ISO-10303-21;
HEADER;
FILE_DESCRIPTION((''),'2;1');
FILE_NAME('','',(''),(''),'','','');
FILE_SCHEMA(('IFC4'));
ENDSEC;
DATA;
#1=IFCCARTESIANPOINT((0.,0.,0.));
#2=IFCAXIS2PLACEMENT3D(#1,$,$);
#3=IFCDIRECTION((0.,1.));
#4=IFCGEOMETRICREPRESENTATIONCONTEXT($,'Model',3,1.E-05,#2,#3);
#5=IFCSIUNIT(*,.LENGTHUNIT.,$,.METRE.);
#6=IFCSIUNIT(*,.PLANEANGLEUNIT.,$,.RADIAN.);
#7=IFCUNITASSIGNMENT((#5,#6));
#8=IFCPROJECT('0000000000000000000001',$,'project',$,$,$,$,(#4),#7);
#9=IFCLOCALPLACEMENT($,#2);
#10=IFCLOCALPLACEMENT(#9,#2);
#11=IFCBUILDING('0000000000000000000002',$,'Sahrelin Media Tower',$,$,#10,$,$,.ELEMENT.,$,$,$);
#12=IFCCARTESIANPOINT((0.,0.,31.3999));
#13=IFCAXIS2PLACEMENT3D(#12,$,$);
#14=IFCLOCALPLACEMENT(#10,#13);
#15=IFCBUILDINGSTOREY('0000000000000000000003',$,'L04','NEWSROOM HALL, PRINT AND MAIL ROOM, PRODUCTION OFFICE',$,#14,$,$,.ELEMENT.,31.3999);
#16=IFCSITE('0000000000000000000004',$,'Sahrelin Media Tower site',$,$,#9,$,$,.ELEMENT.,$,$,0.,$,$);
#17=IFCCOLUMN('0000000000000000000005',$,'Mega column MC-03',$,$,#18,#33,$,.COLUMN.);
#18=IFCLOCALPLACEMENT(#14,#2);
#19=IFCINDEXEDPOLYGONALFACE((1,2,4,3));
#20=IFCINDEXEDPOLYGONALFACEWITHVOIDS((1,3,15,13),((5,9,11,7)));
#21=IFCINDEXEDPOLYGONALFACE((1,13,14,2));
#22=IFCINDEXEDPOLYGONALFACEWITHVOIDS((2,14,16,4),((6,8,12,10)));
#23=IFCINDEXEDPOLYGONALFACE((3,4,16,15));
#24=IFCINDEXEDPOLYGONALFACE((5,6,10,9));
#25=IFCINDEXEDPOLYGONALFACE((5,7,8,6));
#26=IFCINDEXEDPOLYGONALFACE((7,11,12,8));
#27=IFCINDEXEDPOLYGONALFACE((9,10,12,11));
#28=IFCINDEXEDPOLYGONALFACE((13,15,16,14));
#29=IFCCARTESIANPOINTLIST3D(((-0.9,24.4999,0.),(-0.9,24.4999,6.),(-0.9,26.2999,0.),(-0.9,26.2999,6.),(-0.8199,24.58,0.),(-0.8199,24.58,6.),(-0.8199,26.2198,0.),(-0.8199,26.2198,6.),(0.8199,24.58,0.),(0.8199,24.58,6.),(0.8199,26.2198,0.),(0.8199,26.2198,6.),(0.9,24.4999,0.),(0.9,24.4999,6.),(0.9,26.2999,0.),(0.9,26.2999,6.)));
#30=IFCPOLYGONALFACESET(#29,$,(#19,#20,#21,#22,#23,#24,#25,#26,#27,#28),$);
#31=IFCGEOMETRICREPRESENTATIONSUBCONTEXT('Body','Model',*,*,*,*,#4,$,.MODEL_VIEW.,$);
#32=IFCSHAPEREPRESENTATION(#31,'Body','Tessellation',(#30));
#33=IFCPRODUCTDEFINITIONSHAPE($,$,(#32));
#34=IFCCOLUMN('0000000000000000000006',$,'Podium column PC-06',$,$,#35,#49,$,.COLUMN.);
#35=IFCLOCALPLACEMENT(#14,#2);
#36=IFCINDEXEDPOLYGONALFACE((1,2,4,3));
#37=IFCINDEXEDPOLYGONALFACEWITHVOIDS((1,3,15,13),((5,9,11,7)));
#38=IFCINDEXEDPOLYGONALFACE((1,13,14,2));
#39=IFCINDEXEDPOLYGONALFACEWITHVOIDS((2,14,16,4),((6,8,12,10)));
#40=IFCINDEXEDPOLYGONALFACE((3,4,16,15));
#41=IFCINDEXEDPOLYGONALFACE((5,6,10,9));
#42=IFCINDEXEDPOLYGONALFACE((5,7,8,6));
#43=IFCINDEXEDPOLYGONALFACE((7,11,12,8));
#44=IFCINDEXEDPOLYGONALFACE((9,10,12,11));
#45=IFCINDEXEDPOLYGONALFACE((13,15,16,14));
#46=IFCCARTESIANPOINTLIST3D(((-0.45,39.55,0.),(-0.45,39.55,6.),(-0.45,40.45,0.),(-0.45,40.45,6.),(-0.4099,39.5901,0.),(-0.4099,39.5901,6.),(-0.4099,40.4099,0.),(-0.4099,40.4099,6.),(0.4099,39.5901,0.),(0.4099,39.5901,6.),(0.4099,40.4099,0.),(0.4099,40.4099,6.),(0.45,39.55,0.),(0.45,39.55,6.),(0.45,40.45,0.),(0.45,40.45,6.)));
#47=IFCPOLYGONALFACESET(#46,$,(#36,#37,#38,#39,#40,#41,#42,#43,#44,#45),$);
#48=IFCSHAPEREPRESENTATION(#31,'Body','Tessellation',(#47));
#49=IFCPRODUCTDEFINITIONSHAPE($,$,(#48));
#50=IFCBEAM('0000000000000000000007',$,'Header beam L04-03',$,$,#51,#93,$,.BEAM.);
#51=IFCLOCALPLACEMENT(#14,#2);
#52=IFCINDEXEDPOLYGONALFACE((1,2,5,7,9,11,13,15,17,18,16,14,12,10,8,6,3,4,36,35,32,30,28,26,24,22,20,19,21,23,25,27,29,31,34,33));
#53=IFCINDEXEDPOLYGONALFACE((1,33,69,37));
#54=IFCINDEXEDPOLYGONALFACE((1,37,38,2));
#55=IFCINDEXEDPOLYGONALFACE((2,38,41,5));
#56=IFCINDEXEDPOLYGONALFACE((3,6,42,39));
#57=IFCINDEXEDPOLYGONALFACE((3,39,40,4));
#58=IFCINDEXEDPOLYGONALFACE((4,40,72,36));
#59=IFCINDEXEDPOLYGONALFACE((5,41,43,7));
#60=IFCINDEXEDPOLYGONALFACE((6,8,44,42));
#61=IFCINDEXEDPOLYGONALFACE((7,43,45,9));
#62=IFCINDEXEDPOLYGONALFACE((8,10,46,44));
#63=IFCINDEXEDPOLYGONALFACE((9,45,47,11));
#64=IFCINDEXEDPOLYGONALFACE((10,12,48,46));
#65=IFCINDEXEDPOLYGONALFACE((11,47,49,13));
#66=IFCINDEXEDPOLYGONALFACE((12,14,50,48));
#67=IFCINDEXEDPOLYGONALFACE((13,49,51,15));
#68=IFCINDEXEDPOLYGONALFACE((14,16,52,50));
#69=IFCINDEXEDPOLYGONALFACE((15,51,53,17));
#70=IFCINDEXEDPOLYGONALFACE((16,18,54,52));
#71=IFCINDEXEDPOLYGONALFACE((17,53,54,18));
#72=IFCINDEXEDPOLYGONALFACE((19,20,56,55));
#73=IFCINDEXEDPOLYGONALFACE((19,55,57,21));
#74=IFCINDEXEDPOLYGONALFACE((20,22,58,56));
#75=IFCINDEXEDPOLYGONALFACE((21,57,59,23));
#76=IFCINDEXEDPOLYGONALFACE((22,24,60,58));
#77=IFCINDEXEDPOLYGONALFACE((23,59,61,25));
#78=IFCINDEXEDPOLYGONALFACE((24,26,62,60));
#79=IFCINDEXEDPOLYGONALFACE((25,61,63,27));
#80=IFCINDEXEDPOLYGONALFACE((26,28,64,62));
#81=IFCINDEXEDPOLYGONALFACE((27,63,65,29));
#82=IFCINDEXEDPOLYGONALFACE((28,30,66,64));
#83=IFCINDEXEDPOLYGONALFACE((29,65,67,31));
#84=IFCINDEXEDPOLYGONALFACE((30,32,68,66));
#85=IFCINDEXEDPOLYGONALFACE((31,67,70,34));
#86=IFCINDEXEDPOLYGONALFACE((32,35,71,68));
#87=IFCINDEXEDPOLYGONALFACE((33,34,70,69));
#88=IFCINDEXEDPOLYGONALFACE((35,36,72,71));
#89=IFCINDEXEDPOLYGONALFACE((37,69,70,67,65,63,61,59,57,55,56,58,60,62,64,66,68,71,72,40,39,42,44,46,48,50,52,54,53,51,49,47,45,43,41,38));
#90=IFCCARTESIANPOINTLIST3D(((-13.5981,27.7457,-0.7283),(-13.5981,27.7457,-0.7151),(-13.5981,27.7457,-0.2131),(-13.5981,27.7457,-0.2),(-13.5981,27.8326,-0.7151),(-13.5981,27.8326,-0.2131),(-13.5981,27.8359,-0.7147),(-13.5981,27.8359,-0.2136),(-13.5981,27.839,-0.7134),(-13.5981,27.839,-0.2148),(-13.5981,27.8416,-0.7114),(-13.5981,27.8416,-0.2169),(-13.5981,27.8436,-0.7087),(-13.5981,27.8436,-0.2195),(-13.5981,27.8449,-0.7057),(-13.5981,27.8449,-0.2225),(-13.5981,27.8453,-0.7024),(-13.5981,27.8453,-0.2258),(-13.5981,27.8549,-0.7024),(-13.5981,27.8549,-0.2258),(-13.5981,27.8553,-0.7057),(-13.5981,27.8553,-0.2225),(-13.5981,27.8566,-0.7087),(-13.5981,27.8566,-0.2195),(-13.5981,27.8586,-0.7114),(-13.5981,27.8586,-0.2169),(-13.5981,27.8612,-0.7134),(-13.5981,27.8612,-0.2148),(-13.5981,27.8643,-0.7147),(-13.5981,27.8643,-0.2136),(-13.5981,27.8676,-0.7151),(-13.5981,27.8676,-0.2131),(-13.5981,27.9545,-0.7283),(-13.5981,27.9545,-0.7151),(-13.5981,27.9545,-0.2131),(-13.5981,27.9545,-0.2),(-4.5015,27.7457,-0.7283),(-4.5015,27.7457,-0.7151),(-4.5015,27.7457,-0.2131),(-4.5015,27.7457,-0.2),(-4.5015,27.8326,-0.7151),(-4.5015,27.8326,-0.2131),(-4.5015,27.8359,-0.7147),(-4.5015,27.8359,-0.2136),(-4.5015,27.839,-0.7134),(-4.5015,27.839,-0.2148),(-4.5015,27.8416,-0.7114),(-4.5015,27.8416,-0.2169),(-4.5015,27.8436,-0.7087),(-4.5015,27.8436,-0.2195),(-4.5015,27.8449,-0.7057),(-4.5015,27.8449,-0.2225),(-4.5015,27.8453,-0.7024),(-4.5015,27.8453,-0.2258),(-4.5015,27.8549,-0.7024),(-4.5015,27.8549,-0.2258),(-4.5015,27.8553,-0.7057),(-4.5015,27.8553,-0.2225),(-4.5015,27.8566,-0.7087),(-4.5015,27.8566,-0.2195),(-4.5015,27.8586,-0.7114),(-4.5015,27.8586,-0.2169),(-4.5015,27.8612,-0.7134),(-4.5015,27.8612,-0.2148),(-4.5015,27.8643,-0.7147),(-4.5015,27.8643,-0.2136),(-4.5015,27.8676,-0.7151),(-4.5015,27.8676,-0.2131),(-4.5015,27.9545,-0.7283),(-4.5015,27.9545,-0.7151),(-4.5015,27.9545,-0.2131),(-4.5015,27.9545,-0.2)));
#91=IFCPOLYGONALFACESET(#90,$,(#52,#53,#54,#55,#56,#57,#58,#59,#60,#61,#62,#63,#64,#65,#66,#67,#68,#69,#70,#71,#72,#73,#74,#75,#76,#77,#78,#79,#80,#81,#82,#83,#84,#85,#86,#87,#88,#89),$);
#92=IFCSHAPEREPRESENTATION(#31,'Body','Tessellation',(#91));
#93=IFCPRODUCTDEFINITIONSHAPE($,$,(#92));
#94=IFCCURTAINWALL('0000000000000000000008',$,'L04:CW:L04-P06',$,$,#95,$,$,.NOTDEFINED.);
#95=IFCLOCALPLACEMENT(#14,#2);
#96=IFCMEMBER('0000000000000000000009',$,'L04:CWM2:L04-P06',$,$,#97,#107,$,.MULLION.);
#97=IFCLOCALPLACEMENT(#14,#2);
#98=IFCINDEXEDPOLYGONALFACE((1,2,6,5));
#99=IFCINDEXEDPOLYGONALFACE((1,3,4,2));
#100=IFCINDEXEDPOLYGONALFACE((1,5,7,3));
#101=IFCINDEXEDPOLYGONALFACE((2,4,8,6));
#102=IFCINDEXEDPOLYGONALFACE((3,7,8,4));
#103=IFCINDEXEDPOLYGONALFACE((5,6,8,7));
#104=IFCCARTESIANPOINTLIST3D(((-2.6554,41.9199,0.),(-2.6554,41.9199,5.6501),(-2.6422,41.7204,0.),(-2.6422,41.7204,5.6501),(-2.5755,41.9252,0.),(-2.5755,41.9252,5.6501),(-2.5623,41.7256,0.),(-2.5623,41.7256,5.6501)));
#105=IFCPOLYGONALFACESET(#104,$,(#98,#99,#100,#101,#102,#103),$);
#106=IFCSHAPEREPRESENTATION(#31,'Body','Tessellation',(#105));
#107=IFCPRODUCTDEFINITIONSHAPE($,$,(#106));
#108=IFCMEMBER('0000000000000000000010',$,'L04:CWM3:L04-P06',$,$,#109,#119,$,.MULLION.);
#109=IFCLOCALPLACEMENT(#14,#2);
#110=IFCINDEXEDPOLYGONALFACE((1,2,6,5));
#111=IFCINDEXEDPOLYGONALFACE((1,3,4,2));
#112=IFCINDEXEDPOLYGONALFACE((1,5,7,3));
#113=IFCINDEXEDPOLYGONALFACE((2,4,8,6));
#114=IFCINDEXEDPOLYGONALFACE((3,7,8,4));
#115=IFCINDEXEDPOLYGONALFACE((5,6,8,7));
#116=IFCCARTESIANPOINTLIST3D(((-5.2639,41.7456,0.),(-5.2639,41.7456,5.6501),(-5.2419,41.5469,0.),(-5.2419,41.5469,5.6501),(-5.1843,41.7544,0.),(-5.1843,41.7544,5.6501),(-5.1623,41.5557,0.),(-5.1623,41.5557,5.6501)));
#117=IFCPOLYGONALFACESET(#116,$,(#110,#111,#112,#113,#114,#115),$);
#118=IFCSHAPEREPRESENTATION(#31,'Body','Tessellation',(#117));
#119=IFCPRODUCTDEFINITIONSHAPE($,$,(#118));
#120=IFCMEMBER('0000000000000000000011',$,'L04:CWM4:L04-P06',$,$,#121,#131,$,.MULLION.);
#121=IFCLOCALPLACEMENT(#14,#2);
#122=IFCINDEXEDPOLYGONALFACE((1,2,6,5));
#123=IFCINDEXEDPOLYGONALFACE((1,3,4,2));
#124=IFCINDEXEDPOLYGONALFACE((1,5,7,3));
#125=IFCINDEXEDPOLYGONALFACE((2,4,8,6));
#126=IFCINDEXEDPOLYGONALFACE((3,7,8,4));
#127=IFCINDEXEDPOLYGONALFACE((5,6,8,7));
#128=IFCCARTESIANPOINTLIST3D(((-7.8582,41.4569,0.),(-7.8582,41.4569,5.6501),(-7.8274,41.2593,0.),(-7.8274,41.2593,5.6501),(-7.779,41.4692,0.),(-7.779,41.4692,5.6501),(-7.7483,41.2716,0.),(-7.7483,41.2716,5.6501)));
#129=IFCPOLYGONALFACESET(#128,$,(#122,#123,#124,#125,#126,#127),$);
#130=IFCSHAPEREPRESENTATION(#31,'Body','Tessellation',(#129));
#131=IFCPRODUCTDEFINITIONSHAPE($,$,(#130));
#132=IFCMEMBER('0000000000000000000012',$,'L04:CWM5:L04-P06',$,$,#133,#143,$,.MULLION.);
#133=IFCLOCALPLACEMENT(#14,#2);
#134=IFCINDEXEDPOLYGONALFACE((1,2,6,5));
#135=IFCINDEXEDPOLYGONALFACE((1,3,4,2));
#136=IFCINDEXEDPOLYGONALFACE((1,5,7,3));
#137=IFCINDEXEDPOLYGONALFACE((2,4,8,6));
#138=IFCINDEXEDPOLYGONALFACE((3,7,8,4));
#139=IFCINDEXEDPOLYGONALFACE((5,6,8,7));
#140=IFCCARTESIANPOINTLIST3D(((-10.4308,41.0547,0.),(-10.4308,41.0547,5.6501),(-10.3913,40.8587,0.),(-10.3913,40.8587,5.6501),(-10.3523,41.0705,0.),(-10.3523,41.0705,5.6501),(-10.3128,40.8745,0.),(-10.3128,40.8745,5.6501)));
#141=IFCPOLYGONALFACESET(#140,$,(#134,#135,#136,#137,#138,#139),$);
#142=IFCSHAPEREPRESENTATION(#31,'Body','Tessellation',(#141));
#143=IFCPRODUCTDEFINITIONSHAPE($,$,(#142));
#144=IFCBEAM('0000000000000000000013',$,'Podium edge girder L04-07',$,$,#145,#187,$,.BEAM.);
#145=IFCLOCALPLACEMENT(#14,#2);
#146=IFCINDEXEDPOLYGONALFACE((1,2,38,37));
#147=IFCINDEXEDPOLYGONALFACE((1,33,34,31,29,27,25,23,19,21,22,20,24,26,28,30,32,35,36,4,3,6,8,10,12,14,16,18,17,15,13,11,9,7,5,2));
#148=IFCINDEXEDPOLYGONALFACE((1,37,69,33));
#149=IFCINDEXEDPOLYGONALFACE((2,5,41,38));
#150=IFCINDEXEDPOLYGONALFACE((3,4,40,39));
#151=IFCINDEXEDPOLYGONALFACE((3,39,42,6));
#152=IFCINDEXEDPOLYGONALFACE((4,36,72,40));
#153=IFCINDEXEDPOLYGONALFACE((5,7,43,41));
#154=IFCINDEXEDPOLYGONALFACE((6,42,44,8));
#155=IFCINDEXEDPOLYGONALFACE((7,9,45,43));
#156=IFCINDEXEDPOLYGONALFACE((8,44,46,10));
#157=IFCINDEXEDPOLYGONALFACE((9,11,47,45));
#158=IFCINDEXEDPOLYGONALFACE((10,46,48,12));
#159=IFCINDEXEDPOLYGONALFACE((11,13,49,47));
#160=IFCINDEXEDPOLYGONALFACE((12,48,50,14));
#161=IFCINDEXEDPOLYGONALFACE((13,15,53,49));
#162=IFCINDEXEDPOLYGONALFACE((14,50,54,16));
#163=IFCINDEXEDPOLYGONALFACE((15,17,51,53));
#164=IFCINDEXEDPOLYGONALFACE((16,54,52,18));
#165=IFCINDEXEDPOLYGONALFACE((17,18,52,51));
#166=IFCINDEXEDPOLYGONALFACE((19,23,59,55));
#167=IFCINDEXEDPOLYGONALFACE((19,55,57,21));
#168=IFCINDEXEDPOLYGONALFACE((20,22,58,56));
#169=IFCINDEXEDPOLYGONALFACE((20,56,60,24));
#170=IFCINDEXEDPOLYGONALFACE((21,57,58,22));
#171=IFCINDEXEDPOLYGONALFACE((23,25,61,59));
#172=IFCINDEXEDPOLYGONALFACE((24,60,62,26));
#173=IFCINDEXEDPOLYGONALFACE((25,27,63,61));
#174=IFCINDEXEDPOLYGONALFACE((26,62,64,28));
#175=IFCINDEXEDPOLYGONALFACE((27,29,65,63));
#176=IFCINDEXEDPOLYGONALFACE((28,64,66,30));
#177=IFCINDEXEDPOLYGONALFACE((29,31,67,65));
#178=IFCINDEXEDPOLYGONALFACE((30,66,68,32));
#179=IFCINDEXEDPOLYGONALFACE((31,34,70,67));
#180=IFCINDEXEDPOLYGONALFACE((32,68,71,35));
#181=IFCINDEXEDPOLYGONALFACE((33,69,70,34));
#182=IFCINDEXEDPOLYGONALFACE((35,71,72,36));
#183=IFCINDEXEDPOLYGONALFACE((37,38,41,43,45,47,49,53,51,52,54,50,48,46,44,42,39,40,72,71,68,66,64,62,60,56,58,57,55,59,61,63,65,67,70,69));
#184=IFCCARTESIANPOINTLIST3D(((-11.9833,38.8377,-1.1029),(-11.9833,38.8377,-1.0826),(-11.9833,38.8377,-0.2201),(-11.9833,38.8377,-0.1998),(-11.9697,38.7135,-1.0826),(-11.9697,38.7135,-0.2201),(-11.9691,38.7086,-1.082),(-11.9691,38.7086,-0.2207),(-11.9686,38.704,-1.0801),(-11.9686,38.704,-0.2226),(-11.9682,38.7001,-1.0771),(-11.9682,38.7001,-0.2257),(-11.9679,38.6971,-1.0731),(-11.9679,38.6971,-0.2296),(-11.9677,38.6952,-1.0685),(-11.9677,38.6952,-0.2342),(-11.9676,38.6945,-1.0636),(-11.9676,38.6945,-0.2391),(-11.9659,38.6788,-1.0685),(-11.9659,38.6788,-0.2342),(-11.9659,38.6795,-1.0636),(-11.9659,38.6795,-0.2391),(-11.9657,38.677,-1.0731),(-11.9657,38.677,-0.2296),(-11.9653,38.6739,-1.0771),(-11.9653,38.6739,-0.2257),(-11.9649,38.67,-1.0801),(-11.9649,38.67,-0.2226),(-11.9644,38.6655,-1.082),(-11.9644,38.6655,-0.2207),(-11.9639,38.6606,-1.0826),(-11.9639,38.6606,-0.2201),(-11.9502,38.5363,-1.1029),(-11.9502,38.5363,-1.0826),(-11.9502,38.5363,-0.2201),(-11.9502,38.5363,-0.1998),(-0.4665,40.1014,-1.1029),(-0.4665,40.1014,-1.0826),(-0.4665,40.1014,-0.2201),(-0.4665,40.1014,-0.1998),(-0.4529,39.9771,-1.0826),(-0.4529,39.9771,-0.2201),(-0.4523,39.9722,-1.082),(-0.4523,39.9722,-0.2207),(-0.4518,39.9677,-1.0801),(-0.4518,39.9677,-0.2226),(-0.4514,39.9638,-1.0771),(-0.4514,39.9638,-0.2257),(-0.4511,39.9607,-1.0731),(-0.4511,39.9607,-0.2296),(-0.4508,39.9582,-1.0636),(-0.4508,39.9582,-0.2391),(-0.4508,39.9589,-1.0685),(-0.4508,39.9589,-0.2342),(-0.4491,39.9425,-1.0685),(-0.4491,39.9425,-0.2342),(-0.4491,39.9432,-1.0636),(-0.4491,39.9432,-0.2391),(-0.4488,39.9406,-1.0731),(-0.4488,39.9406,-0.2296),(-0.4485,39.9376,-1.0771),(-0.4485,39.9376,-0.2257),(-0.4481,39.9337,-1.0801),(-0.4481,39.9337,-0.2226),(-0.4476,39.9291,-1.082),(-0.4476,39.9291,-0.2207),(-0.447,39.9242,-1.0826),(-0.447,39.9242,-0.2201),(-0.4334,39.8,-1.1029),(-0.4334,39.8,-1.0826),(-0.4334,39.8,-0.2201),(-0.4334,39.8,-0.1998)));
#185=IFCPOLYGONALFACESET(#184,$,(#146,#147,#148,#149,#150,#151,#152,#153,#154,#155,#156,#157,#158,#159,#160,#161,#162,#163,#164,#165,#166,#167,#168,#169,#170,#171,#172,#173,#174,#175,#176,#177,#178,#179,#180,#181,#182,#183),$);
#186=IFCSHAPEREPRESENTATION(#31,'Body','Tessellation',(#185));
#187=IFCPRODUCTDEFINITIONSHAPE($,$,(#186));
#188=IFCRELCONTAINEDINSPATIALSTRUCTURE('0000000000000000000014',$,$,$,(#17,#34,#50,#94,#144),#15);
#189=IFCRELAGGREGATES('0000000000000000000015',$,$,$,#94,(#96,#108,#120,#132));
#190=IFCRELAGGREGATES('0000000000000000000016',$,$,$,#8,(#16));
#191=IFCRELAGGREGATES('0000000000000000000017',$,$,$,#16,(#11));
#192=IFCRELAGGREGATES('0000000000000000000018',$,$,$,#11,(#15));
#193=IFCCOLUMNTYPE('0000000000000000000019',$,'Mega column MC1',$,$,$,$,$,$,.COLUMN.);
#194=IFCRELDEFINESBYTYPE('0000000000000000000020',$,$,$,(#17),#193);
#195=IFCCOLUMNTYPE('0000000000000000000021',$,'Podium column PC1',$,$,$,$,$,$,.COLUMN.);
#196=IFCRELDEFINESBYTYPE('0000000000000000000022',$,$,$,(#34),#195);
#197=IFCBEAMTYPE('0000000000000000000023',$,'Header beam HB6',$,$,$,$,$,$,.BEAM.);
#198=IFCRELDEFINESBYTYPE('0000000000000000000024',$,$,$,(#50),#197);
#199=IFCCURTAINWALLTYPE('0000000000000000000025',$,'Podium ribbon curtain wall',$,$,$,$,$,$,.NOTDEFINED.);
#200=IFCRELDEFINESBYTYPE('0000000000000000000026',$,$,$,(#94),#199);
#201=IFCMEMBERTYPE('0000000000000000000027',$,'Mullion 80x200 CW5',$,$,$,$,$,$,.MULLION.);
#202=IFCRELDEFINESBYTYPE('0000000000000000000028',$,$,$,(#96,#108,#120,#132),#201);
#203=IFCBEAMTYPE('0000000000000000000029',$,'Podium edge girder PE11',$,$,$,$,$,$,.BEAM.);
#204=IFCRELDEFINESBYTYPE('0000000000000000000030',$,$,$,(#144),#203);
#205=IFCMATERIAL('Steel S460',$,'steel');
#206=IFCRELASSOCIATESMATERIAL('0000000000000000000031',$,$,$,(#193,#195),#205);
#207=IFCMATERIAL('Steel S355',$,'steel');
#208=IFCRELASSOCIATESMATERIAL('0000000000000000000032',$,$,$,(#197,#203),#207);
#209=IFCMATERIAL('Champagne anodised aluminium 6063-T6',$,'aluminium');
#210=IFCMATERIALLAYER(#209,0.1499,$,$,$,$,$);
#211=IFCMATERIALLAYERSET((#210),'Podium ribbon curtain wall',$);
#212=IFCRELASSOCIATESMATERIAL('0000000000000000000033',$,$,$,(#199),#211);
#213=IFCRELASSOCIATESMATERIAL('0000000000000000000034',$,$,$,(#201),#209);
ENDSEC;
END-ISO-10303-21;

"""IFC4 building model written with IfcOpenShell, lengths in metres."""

from ifc_helpers import new_model, si_unit, direction, frame, origin, origin_2d, place, context, subcontext, project, spatial, rectangle, hollow_rectangle, i_section, extrude, material, layer, layer_set, material_profile, profile_set, type_object, element, aggregate, save


model = new_model("IFC4")

# Units and contexts
model_context = context("Model", 3, precision=1e-05, world=origin(), true_north=direction((0.0, 1.0)))
body_context = subcontext(model_context, "Body", "Model", "MODEL_VIEW")
ifc_project = project(units=[si_unit("LENGTHUNIT", "METRE"), si_unit("PLANEANGLEUNIT", "RADIAN")], contexts=[model_context])

# Site, building, storey
site_placement = place(None, origin())
site = spatial("IfcSite", under=ifc_project, at=site_placement, Name="Sahrelin Media Tower site", CompositionType="ELEMENT", RefElevation=0.0)
building_placement = place(site_placement, origin())
building = spatial("IfcBuilding", under=site, at=building_placement, Name="Sahrelin Media Tower", CompositionType="ELEMENT")
storey_placement = place(building_placement, frame((0.0, 0.0, 31.3999)))
storey = spatial("IfcBuildingStorey", under=building, at=storey_placement, Name="L04", Description="NEWSROOM HALL, PRINT AND MAIL ROOM, PRODUCTION OFFICE", CompositionType="ELEMENT", Elevation=31.3999)

# Columns
ifc_material_1 = material(Name="Steel S460", Category="steel")
ifc_material_profile_1 = material_profile(ifc_material_1, hollow_rectangle(XDim=1.8, YDim=1.8, WallThickness=0.0801, at=origin_2d()), Name="Mega column MC1")
ifc_profile_set_1 = profile_set([ifc_material_profile_1], Name="Steel S460")
column_type_1 = type_object("IfcColumnType", Name="Mega column MC1", PredefinedType="COLUMN", material=ifc_profile_set_1)
column_1_placement = place(storey_placement, frame((0.0, 25.3999, 0.0), z_axis=(0.0, 0.0, 1.0), x_axis=(0.0, 1.0, 0.0)))
element("IfcColumn", 1, at=column_1_placement, inside=storey, type_object=column_type_1, Name="Mega column MC-03", PredefinedType="COLUMN", context=body_context, shape_type="SweptSolid", body=[
    extrude(hollow_rectangle(XDim=1.8, YDim=1.8, WallThickness=0.0801, at=origin_2d()), origin(), (0.0, 0.0, 1.0), 6.0),
])
ifc_material_profile_2 = material_profile(ifc_material_1, hollow_rectangle(XDim=0.8999, YDim=0.8999, WallThickness=0.04, at=origin_2d()), Name="Podium column PC1")
ifc_profile_set_2 = profile_set([ifc_material_profile_2], Name="Steel S460")
column_type_2 = type_object("IfcColumnType", Name="Podium column PC1", PredefinedType="COLUMN", material=ifc_profile_set_2)
column_2_placement = place(storey_placement, frame((0.0, 40.0, 0.0), z_axis=(0.0, 0.0, 1.0), x_axis=(0.0, 1.0, 0.0)))
element("IfcColumn", 2, at=column_2_placement, inside=storey, type_object=column_type_2, Name="Podium column PC-06", PredefinedType="COLUMN", context=body_context, shape_type="SweptSolid", body=[
    extrude(hollow_rectangle(XDim=0.8999, YDim=0.8999, WallThickness=0.04, at=origin_2d()), origin(), (0.0, 0.0, 1.0), 6.0),
])

# Beam
ifc_material_2 = material(Name="Steel S355", Category="steel")
ifc_material_profile_3 = material_profile(ifc_material_2, i_section(OverallWidth=0.2087, OverallDepth=0.5283, WebThickness=0.0095, FlangeThickness=0.0132, FilletRadius=0.0127, at=origin_2d()), Name="UB 533x210x82")
ifc_profile_set_3 = profile_set([ifc_material_profile_3], Name="Steel S355")
beam_type_1 = type_object("IfcBeamType", Name="Header beam HB6", PredefinedType="BEAM", material=ifc_profile_set_3)
beam_1_placement = place(storey_placement, frame((-4.5015, 27.8501, -0.4641), z_axis=(-1.0, 0.0, 0.0), x_axis=(0.0, -1.0, 0.0)))
element("IfcBeam", 3, at=beam_1_placement, inside=storey, type_object=beam_type_1, Name="Header beam L04-03", PredefinedType="BEAM", context=body_context, shape_type="SweptSolid", body=[
    extrude(i_section(OverallWidth=0.2087, OverallDepth=0.5283, WebThickness=0.0095, FlangeThickness=0.0132, FilletRadius=0.0127, at=origin_2d()), origin(), (0.0, 0.0, 1.0), 9.0967),
])

# Curtain wall, members
ifc_material_3 = material(Name="Champagne anodised aluminium 6063-T6", Category="aluminium")
ifc_layer_1 = layer(ifc_material_3, 0.1499)
ifc_layer_set_1 = layer_set([ifc_layer_1], Name="Podium ribbon curtain wall")
curtain_wall_type = type_object("IfcCurtainWallType", Name="Podium ribbon curtain wall", PredefinedType="NOTDEFINED", material=ifc_layer_set_1)
curtain_wall_placement = place(storey_placement, frame((0.0, 42.0, 0.0), z_axis=(0.0, 0.0, 1.0), x_axis=(1.0, 0.0, 0.0)))
curtain_wall = element("IfcCurtainWall", 4, at=curtain_wall_placement, inside=storey, type_object=curtain_wall_type, Name="L04:CW:L04-P06", PredefinedType="NOTDEFINED")
ifc_material_profile_4 = material_profile(ifc_material_3, rectangle(XDim=0.0801, YDim=0.2, at=origin_2d()), Name="Mullion 80x200")
ifc_profile_set_4 = profile_set([ifc_material_profile_4], Name="Champagne anodised aluminium 6063-T6")
member_type_1 = type_object("IfcMemberType", Name="Mullion 80x200 CW5", PredefinedType="MULLION", material=ifc_profile_set_4)
member_1_placement = place(storey_placement, frame((-2.6089, 41.8228, 0.0), z_axis=(0.0, 0.0, 1.0), x_axis=(-0.997822, -0.065959, 0.0)))
member_1 = element("IfcMember", 5, at=member_1_placement, type_object=member_type_1, Name="L04:CWM2:L04-P06", PredefinedType="MULLION", context=body_context, shape_type="SweptSolid", body=[
    extrude(rectangle(XDim=0.0801, YDim=0.2, at=origin_2d()), origin(), (0.0, 0.0, 1.0), 5.6501),
])
member_2_placement = place(storey_placement, frame((-5.2131, 41.6506, 0.0), z_axis=(0.0, 0.0, 1.0), x_axis=(-0.993941, -0.109915, 0.0)))
member_2 = element("IfcMember", 6, at=member_2_placement, type_object=member_type_1, Name="L04:CWM3:L04-P06", PredefinedType="MULLION", context=body_context, shape_type="SweptSolid", body=[
    extrude(rectangle(XDim=0.0801, YDim=0.2, at=origin_2d()), origin(), (0.0, 0.0, 1.0), 5.6501),
])
member_3_placement = place(storey_placement, frame((-7.8032, 41.3643, 0.0), z_axis=(0.0, 0.0, 1.0), x_axis=(-0.988098, -0.153826, 0.0)))
member_3 = element("IfcMember", 7, at=member_3_placement, type_object=member_type_1, Name="L04:CWM4:L04-P06", PredefinedType="MULLION", context=body_context, shape_type="SweptSolid", body=[
    extrude(rectangle(XDim=0.0801, YDim=0.2, at=origin_2d()), origin(), (0.0, 0.0, 1.0), 5.6501),
])
member_4_placement = place(storey_placement, frame((-10.3718, 40.9646, 0.0), z_axis=(0.0, 0.0, 1.0), x_axis=(-0.980267, -0.197678, 0.0)))
member_4 = element("IfcMember", 8, at=member_4_placement, type_object=member_type_1, Name="L04:CWM5:L04-P06", PredefinedType="MULLION", context=body_context, shape_type="SweptSolid", body=[
    extrude(rectangle(XDim=0.0801, YDim=0.2, at=origin_2d()), origin(), (0.0, 0.0, 1.0), 5.6501),
])

# Beam
ifc_material_profile_5 = material_profile(ifc_material_2, i_section(OverallWidth=0.3032, OverallDepth=0.9031, WebThickness=0.0151, FlangeThickness=0.0203, FilletRadius=0.019, at=origin_2d()), Name="UB 914x305x201")
ifc_profile_set_5 = profile_set([ifc_material_profile_5], Name="Steel S355")
beam_type_2 = type_object("IfcBeamType", Name="Podium edge girder PE11", PredefinedType="BEAM", material=ifc_profile_set_5)
beam_2_placement = place(storey_placement, frame((-0.45, 39.9507, -0.6514), z_axis=(-0.994034, -0.109069, 0.0), x_axis=(0.109069, -0.994034, 0.0)))
element("IfcBeam", 9, at=beam_2_placement, inside=storey, type_object=beam_type_2, Name="Podium edge girder L04-07", PredefinedType="BEAM", context=body_context, shape_type="SweptSolid", body=[
    extrude(i_section(OverallWidth=0.3032, OverallDepth=0.9031, WebThickness=0.0151, FlangeThickness=0.0203, FilletRadius=0.019, at=origin_2d()), origin(), (0.0, 0.0, 1.0), 11.5859),
])

aggregate(curtain_wall, [member_1, member_2, member_3, member_4])

save(model, "model.ifc")
